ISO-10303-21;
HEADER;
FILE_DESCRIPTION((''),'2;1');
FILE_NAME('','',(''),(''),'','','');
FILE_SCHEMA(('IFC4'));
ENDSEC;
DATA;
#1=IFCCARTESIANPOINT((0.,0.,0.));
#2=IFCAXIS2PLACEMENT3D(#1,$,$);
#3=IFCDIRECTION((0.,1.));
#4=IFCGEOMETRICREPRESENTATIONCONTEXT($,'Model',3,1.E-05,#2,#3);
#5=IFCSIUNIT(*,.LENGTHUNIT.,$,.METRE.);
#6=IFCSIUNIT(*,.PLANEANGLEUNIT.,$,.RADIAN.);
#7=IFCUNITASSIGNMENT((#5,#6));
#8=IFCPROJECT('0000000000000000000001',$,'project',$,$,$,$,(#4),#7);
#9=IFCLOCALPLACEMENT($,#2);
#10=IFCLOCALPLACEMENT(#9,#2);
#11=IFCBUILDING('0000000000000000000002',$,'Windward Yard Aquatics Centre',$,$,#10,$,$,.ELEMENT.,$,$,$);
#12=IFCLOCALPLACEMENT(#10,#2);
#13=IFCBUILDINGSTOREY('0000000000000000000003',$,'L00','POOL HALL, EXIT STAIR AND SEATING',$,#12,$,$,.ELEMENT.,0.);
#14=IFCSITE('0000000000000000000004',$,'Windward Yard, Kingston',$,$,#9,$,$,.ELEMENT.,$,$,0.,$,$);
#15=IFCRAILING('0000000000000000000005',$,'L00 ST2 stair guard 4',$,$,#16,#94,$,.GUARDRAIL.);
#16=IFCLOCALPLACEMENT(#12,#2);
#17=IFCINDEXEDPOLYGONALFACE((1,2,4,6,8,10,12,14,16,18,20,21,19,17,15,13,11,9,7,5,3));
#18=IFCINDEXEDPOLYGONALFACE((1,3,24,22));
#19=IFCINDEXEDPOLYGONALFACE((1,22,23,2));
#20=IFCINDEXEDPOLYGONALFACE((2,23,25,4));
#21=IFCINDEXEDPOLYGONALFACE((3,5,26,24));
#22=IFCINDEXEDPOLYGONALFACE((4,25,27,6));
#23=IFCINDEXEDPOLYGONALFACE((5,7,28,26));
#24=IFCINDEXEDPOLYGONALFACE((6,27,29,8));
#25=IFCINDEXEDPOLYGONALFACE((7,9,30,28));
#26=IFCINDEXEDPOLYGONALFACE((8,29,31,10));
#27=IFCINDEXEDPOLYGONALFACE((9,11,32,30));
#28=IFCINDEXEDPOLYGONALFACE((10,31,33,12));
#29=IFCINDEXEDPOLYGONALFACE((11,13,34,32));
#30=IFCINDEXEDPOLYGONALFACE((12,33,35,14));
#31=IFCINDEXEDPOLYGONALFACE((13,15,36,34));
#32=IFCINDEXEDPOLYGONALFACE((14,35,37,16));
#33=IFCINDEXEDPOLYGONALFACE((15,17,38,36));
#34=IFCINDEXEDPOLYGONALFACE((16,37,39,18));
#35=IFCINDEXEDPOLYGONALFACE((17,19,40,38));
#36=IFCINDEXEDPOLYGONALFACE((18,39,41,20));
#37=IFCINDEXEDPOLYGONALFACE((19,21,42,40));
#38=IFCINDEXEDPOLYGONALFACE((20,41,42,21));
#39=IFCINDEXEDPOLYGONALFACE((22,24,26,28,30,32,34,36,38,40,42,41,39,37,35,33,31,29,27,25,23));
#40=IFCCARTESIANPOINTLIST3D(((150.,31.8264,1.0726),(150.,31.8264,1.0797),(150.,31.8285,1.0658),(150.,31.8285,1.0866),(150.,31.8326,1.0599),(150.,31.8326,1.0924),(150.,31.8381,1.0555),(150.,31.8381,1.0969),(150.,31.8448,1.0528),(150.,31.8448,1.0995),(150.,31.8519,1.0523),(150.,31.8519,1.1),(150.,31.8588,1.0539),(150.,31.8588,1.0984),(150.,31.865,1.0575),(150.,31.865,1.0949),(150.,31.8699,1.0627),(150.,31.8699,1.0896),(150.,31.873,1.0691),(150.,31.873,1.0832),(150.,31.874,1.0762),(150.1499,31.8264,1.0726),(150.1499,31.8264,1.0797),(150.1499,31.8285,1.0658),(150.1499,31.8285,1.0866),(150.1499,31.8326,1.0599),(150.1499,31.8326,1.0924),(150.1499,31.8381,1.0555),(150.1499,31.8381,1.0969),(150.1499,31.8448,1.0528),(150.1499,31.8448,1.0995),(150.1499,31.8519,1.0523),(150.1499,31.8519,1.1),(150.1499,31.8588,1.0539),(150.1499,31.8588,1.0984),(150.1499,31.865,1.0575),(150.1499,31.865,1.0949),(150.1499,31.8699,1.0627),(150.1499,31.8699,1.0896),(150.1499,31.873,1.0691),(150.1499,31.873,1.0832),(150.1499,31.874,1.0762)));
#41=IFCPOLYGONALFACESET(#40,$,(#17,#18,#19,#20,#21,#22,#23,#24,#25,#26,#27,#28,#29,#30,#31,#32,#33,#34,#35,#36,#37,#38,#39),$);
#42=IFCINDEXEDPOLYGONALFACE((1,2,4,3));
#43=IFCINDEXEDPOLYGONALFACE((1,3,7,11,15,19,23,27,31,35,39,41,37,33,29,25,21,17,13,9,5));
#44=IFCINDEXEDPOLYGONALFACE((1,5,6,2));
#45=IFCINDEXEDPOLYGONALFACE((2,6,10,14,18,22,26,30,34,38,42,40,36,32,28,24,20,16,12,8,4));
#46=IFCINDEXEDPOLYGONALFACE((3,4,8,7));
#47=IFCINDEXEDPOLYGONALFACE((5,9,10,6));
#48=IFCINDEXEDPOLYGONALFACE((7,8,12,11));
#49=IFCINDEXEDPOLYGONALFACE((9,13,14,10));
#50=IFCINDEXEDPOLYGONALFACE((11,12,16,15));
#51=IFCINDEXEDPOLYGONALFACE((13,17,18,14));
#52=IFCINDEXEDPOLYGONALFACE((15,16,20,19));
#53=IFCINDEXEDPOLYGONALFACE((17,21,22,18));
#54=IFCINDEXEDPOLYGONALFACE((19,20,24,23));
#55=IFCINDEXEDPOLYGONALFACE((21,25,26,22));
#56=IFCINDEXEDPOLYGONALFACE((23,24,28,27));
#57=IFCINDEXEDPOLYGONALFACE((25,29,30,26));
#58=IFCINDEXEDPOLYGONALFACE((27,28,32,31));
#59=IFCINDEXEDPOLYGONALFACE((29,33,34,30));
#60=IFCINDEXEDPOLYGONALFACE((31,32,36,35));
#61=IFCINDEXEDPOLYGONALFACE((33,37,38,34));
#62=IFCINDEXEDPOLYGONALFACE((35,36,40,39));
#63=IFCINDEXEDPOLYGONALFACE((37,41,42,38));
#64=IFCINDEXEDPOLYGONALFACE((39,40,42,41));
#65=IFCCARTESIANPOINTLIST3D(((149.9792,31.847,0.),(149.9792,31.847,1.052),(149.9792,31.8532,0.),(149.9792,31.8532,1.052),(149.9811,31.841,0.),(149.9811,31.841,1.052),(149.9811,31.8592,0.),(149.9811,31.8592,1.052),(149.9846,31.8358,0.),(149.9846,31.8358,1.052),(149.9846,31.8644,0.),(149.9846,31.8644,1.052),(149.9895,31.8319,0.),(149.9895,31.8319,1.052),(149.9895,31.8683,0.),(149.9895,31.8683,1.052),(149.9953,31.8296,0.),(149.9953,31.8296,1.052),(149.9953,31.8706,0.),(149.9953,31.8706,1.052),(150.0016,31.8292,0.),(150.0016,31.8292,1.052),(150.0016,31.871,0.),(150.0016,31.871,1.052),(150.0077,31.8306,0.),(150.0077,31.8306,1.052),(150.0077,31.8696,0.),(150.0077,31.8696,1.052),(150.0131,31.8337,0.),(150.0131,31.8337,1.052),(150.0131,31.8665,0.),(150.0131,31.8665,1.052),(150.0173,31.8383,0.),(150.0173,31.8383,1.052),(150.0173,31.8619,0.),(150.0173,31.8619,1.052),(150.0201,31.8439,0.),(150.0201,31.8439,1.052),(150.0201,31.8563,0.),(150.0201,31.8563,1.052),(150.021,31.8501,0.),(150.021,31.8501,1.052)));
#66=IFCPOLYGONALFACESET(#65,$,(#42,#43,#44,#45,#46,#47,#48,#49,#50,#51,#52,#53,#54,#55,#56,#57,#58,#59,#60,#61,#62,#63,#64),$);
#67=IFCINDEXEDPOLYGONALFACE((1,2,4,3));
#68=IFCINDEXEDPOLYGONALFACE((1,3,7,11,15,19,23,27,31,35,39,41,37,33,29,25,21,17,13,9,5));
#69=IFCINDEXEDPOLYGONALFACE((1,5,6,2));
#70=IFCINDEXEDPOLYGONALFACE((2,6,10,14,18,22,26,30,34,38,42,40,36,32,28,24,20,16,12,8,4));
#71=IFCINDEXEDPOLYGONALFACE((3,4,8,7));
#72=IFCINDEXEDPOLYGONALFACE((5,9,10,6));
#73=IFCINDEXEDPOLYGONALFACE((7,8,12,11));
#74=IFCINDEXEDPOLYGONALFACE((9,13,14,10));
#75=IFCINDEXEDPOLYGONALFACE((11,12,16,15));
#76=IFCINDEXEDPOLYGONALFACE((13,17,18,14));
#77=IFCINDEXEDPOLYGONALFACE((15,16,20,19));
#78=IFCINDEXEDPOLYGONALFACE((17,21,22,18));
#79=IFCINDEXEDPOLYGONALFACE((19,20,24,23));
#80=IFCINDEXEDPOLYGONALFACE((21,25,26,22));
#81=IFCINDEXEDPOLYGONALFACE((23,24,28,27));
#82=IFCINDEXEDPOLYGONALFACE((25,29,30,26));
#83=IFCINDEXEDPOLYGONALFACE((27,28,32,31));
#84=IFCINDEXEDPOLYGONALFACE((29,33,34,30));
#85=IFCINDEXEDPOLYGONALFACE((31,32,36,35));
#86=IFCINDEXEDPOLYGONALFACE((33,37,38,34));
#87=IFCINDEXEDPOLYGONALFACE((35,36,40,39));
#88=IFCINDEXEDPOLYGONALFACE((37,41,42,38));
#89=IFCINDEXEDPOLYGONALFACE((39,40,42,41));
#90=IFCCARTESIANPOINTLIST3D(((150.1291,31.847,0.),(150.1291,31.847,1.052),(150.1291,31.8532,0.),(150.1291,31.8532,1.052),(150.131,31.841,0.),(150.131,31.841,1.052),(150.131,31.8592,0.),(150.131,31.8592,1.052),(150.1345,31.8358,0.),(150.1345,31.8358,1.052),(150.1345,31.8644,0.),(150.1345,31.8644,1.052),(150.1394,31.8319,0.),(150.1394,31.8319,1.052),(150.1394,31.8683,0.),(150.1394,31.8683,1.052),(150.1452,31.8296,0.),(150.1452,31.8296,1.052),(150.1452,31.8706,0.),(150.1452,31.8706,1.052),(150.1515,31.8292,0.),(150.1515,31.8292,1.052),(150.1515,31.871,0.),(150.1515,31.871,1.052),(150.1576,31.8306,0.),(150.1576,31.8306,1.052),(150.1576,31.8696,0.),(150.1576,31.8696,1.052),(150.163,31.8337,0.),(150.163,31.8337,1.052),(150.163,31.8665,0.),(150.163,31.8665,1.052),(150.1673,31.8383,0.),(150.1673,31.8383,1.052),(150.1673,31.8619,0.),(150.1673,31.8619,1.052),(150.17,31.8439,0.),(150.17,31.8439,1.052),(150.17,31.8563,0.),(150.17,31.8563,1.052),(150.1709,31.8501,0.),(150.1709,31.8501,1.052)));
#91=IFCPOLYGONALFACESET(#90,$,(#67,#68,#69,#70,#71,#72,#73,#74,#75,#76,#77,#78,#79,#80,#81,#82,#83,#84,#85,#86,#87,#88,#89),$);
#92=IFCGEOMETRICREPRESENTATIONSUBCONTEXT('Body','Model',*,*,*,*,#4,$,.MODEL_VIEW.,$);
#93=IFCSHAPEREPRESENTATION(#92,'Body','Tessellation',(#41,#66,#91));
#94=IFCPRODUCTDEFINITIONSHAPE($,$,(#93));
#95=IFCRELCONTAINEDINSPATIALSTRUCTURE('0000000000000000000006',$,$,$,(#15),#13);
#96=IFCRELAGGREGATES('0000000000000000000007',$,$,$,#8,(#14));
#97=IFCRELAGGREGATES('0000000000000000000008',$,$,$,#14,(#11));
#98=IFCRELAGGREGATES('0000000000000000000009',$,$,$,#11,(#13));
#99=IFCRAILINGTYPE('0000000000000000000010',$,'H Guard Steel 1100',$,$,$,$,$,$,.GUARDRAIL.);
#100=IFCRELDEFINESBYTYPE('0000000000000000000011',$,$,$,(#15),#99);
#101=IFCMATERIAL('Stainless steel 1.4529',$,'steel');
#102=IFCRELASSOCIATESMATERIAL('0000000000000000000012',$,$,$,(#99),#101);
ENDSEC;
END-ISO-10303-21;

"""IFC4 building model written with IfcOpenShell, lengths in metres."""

from ifc_helpers import new_model, si_unit, direction, frame, origin, origin_2d, place, context, subcontext, project, spatial, circle, extrude, material, type_object, element, save


model = new_model("IFC4")

# Units and contexts
model_context = context("Model", 3, precision=1e-05, world=origin(), true_north=direction((0.0, 1.0)))
body_context = subcontext(model_context, "Body", "Model", "MODEL_VIEW")
ifc_project = project(units=[si_unit("LENGTHUNIT", "METRE"), si_unit("PLANEANGLEUNIT", "RADIAN")], contexts=[model_context])

# Site, building, storey
site_placement = place(None, origin())
site = spatial("IfcSite", under=ifc_project, at=site_placement, Name="Windward Yard, Kingston", CompositionType="ELEMENT", RefElevation=0.0)
building_placement = place(site_placement, origin())
building = spatial("IfcBuilding", under=site, at=building_placement, Name="Windward Yard Aquatics Centre", CompositionType="ELEMENT")
storey_placement = place(building_placement, origin())
storey = spatial("IfcBuildingStorey", under=building, at=storey_placement, Name="L00", Description="POOL HALL, EXIT STAIR AND SEATING", CompositionType="ELEMENT", Elevation=0.0)

# Railing
ifc_material_1 = material(Name="Stainless steel 1.4529", Category="steel")
railing_type_1 = type_object("IfcRailingType", Name="H Guard Steel 1100", PredefinedType="GUARDRAIL", material=ifc_material_1)
railing_1_placement = place(storey_placement, frame((150.0, 31.8501, 0.0)))
element("IfcRailing", 1, at=railing_1_placement, inside=storey, type_object=railing_type_1, Name="L00 ST2 stair guard 4", PredefinedType="GUARDRAIL", context=body_context, shape_type="SweptSolid", body=[
    extrude(circle(Radius=0.0239, at=origin_2d()), frame((0.0, 0.0, 1.0762), z_axis=(1.0, 0.0, 0.0), x_axis=(0.0, 1.0, 0.0)), (0.0, 0.0, 1.0), 0.1499),
    extrude(circle(Radius=0.021, at=origin_2d()), origin(), (0.0, 0.0, 1.0), 1.052),
    extrude(circle(Radius=0.021, at=origin_2d()), frame((0.1499, 0.0, 0.0)), (0.0, 0.0, 1.0), 1.052),
])

save(model, "model.ifc")
